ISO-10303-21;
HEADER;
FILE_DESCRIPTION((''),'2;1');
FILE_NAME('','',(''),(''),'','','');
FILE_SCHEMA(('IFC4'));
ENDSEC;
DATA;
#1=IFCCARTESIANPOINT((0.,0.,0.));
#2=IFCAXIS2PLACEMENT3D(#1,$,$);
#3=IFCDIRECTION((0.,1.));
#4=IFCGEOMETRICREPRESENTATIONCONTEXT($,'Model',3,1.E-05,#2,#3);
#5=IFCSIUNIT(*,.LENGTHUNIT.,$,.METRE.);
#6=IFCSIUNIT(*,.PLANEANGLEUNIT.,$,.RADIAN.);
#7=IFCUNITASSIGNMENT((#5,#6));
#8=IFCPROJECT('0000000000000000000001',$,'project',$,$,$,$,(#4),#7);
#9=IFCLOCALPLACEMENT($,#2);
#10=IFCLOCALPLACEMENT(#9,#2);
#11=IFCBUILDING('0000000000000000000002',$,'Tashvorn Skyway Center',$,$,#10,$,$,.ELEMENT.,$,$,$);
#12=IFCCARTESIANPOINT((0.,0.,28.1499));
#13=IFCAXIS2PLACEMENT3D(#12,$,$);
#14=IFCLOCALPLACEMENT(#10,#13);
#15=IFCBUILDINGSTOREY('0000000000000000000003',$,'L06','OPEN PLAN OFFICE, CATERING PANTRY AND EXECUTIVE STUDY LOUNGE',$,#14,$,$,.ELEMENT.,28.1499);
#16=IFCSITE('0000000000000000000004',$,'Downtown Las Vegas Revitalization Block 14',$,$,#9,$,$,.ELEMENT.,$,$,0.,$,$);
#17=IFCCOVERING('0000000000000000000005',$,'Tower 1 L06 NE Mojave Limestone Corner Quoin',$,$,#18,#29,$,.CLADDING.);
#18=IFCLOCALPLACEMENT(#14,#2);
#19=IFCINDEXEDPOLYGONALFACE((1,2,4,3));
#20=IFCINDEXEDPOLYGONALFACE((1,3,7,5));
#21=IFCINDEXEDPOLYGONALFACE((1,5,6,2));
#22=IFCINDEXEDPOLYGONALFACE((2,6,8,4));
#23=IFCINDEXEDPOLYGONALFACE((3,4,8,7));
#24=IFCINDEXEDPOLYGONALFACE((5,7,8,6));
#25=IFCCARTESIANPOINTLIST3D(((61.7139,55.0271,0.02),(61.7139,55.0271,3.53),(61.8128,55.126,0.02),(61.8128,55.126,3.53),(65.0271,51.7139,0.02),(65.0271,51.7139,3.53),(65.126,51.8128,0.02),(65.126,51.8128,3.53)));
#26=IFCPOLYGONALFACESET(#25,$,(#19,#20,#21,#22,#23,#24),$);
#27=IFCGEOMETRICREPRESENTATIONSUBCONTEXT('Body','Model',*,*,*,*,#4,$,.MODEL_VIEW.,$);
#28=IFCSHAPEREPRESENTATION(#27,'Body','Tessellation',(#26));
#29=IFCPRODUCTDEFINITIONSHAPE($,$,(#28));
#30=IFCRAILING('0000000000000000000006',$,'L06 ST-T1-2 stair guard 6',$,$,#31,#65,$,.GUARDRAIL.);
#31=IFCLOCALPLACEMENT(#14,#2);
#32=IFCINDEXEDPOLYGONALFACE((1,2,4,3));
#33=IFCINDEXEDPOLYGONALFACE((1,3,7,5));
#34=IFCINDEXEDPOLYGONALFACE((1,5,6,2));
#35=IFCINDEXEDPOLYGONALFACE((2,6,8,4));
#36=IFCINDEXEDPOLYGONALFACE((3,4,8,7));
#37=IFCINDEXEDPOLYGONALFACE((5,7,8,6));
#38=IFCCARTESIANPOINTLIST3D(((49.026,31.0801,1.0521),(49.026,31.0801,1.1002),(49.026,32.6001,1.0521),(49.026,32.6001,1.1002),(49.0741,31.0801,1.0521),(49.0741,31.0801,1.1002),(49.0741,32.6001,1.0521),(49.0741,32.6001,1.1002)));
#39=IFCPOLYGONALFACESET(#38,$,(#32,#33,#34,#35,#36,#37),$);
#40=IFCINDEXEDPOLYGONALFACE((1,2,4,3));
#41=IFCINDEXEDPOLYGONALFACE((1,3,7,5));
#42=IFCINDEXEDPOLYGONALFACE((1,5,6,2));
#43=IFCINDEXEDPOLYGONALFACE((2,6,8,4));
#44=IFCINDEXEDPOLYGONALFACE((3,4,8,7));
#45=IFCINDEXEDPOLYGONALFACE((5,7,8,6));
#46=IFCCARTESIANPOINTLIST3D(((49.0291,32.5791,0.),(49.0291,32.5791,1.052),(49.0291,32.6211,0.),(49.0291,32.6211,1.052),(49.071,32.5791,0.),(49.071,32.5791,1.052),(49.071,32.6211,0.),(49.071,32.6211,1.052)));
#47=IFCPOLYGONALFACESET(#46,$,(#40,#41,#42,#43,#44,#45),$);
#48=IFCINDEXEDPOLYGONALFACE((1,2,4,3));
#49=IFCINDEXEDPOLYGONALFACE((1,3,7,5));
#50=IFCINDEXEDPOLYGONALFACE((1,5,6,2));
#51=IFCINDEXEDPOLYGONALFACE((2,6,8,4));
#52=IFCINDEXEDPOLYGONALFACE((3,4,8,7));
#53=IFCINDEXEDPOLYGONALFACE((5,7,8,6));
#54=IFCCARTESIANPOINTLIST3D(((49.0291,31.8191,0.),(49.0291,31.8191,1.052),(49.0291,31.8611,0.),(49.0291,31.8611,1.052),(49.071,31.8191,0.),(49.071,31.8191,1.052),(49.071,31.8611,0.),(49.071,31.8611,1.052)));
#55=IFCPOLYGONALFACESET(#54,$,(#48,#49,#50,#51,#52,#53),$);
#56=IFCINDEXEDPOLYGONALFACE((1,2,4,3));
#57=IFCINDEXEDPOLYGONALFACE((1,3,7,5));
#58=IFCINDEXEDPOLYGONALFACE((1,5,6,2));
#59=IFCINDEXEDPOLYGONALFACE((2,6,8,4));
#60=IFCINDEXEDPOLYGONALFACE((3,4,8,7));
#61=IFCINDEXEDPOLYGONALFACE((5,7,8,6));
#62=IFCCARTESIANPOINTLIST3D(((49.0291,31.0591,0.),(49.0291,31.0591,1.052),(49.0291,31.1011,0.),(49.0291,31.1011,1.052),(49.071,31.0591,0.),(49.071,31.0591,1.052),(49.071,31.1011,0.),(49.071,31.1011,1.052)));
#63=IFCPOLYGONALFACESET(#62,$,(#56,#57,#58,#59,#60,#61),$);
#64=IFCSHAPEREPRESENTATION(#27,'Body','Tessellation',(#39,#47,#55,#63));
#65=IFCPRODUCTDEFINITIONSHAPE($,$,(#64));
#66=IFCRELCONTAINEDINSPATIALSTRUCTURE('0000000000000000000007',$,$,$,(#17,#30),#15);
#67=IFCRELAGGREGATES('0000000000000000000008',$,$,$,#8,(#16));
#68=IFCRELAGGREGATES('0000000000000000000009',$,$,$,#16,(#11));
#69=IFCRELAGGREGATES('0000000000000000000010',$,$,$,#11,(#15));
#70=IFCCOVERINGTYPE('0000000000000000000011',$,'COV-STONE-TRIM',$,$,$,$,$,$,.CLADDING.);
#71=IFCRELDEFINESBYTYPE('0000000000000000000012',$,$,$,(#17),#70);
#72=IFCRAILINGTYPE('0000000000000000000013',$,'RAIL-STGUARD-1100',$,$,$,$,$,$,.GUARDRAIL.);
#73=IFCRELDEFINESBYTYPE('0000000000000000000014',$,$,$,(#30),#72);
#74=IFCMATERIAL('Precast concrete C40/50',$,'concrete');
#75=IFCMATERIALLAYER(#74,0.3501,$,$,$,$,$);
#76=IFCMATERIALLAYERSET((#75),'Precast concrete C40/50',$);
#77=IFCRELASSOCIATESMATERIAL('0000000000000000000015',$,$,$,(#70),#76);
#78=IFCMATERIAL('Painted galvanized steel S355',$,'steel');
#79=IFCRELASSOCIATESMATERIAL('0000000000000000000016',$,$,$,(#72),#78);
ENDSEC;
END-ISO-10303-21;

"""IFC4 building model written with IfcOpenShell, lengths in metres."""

from ifc_helpers import new_model, si_unit, direction, frame, origin, origin_2d, place, context, subcontext, project, spatial, rectangle, extrude, material, layer, layer_set, type_object, element, save


model = new_model("IFC4")

# Units and contexts
model_context = context("Model", 3, precision=1e-05, world=origin(), true_north=direction((0.0, 1.0)))
body_context = subcontext(model_context, "Body", "Model", "MODEL_VIEW")
ifc_project = project(units=[si_unit("LENGTHUNIT", "METRE"), si_unit("PLANEANGLEUNIT", "RADIAN")], contexts=[model_context])

# Site, building, storey
site_placement = place(None, origin())
site = spatial("IfcSite", under=ifc_project, at=site_placement, Name="Downtown Las Vegas Revitalization Block 14", CompositionType="ELEMENT", RefElevation=0.0)
building_placement = place(site_placement, origin())
building = spatial("IfcBuilding", under=site, at=building_placement, Name="Tashvorn Skyway Center", CompositionType="ELEMENT")
storey_placement = place(building_placement, frame((0.0, 0.0, 28.1499)))
storey = spatial("IfcBuildingStorey", under=building, at=storey_placement, Name="L06", Description="OPEN PLAN OFFICE, CATERING PANTRY AND EXECUTIVE STUDY LOUNGE", CompositionType="ELEMENT", Elevation=28.1499)

# Shared definitions
ifc_material_1 = material(Name="Precast concrete C40/50", Category="concrete")

# Covering
ifc_layer_1 = layer(ifc_material_1, 0.3501)
ifc_layer_set_1 = layer_set([ifc_layer_1], Name="Precast concrete C40/50")
covering_type_1 = type_object("IfcCoveringType", Name="COV-STONE-TRIM", PredefinedType="CLADDING", material=ifc_layer_set_1)
covering_1_placement = place(storey_placement, frame((63.4199, 53.4199, 0.02), z_axis=(0.0, 0.0, 1.0), x_axis=(0.707107, -0.707107, 0.0)))
element("IfcCovering", 1, at=covering_1_placement, inside=storey, type_object=covering_type_1, Name="Tower 1 L06 NE Mojave Limestone Corner Quoin", PredefinedType="CLADDING", context=body_context, shape_type="SweptSolid", body=[
    extrude(rectangle(XDim=4.6855, YDim=0.1399, at=origin_2d()), origin(), (0.0, 0.0, 1.0), 3.51),
])

# Railing
ifc_material_2 = material(Name="Painted galvanized steel S355", Category="steel")
railing_type = type_object("IfcRailingType", Name="RAIL-STGUARD-1100", PredefinedType="GUARDRAIL", material=ifc_material_2)
railing_placement = place(storey_placement, frame((49.05, 32.6001, 0.0)))
element("IfcRailing", 2, at=railing_placement, inside=storey, type_object=railing_type, Name="L06 ST-T1-2 stair guard 6", PredefinedType="GUARDRAIL", context=body_context, shape_type="SweptSolid", body=[
    extrude(rectangle(XDim=0.0481, YDim=0.0481, at=origin_2d()), frame((0.0, 0.0, 1.0762), z_axis=(0.0, -1.0, 0.0), x_axis=(1.0, 0.0, 0.0)), (0.0, 0.0, 1.0), 1.52),
    extrude(rectangle(XDim=0.042, YDim=0.042, at=origin_2d()), origin(), (0.0, 0.0, 1.0), 1.052),
    extrude(rectangle(XDim=0.042, YDim=0.042, at=origin_2d()), frame((0.0, -0.76, 0.0)), (0.0, 0.0, 1.0), 1.052),
    extrude(rectangle(XDim=0.042, YDim=0.042, at=origin_2d()), frame((0.0, -1.52, 0.0)), (0.0, 0.0, 1.0), 1.052),
])

save(model, "model.ifc")
